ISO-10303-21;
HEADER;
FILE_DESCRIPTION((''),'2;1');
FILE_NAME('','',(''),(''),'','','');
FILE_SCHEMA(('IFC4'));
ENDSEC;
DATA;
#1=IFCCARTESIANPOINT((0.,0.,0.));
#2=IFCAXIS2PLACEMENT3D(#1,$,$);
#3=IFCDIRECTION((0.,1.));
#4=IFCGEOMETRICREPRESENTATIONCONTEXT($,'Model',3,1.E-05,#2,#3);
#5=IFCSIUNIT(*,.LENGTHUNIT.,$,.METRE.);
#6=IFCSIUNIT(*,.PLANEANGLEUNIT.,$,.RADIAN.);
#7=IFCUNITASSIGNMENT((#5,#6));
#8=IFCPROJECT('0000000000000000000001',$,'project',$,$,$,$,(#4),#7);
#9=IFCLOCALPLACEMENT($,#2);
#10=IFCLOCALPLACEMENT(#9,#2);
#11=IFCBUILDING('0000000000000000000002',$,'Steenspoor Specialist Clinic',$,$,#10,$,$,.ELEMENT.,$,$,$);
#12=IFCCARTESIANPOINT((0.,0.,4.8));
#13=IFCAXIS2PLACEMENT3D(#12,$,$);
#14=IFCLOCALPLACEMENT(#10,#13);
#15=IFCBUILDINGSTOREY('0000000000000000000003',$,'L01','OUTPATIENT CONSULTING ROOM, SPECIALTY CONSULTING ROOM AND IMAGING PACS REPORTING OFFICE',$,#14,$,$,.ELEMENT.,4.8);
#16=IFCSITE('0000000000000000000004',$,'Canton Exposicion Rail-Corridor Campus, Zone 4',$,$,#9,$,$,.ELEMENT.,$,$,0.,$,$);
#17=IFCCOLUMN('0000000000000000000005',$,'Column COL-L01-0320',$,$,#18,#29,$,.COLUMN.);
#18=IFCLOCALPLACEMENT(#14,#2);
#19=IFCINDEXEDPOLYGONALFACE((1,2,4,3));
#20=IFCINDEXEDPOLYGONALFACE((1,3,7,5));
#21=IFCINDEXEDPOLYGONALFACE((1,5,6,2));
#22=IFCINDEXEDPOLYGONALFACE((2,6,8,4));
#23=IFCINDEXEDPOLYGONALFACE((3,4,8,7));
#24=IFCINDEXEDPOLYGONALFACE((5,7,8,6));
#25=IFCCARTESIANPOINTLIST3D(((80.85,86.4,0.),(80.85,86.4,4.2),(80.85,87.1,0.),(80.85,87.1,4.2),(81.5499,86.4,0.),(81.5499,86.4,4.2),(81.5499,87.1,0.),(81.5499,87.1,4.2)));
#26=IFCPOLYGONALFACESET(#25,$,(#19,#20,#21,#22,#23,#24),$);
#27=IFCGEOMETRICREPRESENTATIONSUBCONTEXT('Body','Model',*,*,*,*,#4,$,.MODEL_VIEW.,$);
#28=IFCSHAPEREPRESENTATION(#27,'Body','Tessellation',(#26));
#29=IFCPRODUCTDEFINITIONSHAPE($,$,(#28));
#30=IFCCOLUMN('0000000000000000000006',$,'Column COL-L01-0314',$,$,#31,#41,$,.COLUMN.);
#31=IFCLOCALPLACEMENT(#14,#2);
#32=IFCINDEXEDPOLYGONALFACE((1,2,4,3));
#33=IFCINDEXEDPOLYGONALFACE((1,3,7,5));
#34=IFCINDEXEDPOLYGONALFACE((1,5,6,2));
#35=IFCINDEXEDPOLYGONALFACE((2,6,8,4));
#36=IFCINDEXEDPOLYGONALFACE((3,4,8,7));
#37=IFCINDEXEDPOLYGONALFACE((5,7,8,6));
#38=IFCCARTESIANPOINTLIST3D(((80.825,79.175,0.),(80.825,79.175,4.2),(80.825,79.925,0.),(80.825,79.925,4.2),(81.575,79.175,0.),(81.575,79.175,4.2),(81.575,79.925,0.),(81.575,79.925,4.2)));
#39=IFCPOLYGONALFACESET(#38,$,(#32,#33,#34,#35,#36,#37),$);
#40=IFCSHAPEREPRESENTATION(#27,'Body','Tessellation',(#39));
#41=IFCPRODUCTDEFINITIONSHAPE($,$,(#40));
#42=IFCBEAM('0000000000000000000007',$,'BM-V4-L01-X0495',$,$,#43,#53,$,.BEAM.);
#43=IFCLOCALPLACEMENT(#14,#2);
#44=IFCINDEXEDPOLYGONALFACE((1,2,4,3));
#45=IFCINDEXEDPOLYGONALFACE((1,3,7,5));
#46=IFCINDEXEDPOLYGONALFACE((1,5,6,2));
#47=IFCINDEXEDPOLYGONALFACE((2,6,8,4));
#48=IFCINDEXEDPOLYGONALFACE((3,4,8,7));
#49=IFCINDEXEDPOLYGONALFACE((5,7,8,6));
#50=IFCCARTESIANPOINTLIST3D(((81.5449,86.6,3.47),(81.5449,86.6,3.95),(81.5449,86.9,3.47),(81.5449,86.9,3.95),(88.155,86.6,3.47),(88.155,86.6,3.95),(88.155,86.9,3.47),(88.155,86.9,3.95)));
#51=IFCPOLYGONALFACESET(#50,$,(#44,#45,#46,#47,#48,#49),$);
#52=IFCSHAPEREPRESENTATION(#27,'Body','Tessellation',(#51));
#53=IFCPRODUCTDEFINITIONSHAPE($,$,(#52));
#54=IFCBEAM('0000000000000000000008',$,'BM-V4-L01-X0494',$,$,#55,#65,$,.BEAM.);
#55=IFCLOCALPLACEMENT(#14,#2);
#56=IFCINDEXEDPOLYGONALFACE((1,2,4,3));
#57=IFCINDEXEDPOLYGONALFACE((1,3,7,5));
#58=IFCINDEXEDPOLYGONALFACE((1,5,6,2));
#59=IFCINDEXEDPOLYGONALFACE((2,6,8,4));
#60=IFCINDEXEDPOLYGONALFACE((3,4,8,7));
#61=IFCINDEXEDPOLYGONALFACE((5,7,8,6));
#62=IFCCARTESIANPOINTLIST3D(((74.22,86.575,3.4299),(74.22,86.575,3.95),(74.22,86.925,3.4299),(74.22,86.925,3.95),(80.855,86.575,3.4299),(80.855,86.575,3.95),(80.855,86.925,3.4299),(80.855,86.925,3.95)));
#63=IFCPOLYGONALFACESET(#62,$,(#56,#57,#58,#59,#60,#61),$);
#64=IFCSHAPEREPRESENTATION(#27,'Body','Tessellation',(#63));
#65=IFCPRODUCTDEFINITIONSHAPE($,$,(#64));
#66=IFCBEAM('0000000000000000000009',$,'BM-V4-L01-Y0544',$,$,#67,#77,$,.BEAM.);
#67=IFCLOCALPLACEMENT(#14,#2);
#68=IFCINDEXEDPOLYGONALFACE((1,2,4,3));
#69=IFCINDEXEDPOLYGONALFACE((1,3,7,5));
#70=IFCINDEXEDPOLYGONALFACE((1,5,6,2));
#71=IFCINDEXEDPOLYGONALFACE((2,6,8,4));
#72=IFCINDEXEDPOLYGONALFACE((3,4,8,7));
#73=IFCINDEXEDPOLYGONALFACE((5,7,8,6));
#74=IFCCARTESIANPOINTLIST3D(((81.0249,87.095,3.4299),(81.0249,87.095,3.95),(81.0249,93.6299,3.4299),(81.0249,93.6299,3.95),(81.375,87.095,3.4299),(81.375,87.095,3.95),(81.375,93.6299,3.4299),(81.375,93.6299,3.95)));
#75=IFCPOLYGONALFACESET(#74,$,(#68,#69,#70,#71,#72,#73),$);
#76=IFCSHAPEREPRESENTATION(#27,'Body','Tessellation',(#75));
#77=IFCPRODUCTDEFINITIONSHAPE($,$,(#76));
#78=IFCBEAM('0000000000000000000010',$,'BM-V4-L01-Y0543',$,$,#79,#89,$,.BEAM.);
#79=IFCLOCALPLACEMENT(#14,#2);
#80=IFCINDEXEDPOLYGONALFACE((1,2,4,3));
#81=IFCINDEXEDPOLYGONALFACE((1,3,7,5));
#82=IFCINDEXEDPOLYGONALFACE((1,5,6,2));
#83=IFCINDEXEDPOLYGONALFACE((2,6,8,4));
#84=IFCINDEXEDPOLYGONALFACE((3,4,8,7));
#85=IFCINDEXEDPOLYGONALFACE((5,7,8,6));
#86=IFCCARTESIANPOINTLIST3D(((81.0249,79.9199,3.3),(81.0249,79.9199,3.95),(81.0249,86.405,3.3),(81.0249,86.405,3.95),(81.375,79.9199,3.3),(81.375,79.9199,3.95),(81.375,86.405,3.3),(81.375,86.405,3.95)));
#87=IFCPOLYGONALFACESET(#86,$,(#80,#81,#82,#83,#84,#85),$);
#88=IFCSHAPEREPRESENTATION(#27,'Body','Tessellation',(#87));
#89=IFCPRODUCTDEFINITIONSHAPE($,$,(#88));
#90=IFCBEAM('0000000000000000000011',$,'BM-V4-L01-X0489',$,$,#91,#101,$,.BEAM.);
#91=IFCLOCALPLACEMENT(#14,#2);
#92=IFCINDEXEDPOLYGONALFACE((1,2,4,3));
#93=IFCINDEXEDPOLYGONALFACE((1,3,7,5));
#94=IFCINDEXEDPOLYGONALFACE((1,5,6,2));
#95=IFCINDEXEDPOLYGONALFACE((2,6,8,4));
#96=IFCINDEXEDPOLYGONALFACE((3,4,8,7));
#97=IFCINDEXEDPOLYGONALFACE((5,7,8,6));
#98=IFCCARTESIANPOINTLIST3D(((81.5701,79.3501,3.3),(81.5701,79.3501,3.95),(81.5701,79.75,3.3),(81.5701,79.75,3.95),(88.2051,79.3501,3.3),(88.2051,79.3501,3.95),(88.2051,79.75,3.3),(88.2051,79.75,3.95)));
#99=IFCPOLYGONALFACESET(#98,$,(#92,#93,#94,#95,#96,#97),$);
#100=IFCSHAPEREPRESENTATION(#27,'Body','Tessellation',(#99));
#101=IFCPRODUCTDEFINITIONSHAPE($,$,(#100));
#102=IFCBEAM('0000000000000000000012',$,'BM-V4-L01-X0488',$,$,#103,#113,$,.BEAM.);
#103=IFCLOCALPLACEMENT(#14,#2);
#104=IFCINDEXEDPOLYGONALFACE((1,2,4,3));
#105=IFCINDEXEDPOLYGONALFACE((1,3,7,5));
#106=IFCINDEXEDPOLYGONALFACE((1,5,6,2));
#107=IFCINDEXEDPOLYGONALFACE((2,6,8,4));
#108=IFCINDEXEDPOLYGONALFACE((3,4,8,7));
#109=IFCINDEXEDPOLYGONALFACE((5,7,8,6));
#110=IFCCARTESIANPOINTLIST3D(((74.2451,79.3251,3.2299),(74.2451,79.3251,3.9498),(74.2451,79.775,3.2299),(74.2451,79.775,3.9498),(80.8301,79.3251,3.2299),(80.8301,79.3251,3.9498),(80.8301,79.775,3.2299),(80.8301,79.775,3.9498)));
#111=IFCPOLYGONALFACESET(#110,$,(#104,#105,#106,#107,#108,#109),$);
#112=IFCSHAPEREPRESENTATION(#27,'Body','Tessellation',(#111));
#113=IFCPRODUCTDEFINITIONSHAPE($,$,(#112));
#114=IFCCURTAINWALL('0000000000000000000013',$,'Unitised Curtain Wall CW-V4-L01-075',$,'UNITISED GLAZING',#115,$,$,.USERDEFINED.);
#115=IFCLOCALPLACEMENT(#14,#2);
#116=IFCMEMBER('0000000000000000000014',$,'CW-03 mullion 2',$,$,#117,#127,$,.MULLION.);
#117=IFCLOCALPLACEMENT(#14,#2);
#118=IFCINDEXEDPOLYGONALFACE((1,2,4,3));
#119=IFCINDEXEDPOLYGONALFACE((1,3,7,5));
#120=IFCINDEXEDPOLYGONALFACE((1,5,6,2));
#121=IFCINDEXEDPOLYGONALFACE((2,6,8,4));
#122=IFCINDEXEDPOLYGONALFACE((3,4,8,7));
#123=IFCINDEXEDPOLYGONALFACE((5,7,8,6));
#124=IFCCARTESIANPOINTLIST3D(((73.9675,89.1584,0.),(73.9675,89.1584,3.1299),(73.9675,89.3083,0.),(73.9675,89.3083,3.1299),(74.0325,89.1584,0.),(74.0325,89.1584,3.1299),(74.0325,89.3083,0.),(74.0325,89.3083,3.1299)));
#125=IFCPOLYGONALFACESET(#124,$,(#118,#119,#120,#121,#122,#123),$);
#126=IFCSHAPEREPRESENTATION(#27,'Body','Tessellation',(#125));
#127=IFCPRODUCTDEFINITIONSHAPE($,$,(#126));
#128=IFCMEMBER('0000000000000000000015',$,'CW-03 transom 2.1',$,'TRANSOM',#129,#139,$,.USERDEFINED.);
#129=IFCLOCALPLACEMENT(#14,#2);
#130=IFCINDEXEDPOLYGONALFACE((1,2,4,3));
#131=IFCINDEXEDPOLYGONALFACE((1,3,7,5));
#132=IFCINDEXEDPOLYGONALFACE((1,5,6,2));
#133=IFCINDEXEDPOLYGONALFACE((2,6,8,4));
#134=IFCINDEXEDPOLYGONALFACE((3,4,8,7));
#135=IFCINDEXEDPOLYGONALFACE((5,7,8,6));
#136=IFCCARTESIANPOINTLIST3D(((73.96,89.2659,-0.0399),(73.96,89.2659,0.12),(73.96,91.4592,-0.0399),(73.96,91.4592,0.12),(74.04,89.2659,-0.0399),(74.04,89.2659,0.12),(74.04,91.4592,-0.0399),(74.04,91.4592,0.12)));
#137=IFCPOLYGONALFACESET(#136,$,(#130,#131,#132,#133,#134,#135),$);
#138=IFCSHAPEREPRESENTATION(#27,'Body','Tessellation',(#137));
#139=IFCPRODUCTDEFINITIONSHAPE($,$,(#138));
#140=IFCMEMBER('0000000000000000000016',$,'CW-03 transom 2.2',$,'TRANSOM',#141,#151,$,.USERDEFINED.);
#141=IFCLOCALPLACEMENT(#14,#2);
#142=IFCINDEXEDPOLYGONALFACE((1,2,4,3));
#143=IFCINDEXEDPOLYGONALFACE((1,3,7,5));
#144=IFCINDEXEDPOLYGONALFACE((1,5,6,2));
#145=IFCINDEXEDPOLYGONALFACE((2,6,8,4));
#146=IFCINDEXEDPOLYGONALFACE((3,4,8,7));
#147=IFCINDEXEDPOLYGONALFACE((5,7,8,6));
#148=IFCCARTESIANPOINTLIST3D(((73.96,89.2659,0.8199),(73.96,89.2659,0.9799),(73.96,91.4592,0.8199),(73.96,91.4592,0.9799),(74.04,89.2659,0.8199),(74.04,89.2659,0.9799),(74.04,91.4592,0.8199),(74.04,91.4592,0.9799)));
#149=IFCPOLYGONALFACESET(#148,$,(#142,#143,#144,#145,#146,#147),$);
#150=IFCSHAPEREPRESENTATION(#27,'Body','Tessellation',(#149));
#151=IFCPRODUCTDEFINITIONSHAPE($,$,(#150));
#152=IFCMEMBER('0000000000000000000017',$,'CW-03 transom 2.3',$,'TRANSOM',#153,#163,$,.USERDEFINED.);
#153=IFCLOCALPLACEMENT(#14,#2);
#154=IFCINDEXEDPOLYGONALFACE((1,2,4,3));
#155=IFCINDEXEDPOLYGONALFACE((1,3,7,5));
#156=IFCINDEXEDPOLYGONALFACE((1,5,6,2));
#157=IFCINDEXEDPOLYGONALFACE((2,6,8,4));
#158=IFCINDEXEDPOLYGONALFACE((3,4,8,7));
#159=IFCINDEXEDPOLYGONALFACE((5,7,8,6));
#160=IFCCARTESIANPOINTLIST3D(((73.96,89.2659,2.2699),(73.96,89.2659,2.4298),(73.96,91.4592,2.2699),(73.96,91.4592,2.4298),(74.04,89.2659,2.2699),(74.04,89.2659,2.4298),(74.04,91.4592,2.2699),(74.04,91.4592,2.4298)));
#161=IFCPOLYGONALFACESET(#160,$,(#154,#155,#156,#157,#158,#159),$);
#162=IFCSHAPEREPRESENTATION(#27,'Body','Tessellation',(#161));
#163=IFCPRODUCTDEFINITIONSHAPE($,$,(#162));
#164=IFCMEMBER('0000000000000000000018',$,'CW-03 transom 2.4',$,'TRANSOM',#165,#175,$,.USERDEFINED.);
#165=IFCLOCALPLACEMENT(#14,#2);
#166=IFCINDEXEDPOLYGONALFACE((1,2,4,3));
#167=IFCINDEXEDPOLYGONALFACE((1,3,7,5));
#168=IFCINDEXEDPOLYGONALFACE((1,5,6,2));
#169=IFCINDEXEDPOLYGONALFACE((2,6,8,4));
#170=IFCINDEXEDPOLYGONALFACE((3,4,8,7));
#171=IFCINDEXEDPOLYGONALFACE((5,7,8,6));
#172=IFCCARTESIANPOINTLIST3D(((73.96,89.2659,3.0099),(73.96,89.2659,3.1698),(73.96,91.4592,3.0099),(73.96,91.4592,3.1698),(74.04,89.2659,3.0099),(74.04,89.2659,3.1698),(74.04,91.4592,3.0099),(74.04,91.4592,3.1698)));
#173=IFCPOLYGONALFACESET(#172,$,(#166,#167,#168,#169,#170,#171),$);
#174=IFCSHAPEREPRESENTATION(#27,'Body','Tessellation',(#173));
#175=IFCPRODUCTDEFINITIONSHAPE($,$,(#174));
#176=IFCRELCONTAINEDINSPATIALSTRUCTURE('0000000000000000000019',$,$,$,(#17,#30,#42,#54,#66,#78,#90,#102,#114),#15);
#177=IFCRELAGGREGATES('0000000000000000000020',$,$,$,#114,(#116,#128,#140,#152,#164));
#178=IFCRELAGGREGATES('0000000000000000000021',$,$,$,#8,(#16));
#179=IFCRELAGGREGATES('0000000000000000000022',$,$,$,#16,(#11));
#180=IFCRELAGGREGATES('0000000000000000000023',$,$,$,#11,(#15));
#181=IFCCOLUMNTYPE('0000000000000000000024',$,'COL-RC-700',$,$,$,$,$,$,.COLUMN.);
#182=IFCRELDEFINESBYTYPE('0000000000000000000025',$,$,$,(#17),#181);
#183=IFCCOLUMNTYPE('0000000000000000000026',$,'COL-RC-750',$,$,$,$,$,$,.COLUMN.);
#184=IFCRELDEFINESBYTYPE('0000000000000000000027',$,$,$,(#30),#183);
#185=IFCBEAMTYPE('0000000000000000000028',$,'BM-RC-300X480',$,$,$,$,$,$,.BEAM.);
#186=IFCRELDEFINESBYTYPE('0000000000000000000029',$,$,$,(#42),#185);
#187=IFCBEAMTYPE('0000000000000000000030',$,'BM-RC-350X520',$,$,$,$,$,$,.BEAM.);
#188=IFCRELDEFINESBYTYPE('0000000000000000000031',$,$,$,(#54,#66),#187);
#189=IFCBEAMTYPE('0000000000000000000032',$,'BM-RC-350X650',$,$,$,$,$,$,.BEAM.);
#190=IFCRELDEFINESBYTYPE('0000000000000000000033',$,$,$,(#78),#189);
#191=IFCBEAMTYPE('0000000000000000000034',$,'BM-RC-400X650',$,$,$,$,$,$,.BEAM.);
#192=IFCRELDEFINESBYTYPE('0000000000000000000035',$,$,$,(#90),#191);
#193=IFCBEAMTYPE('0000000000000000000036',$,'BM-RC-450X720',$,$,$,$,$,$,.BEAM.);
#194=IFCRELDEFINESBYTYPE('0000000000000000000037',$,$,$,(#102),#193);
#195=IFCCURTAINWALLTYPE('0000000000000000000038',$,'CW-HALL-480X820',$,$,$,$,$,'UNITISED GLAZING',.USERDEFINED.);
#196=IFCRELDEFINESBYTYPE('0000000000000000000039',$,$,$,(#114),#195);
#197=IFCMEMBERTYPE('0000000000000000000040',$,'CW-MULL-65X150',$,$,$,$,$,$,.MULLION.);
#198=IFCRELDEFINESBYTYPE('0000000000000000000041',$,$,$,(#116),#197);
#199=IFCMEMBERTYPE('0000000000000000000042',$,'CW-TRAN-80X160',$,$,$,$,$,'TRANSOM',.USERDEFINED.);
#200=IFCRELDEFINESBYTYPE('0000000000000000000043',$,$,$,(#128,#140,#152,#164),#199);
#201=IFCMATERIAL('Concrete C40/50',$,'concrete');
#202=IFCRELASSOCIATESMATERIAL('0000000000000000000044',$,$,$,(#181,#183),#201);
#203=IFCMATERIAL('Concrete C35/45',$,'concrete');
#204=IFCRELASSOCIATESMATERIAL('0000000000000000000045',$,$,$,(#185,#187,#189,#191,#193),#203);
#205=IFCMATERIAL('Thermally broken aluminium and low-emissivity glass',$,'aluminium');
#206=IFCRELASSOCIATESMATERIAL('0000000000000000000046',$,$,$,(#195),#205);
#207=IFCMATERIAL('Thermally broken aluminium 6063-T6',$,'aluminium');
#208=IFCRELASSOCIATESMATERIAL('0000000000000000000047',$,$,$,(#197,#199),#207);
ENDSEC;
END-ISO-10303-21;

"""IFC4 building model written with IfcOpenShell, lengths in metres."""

from ifc_helpers import new_model, si_unit, direction, frame, origin, origin_2d, place, context, subcontext, project, spatial, rectangle, extrude, material, material_profile, profile_set, type_object, element, aggregate, save


model = new_model("IFC4")

# Units and contexts
model_context = context("Model", 3, precision=1e-05, world=origin(), true_north=direction((0.0, 1.0)))
body_context = subcontext(model_context, "Body", "Model", "MODEL_VIEW")
ifc_project = project(units=[si_unit("LENGTHUNIT", "METRE"), si_unit("PLANEANGLEUNIT", "RADIAN")], contexts=[model_context])

# Site, building, storey
site_placement = place(None, origin())
site = spatial("IfcSite", under=ifc_project, at=site_placement, Name="Canton Exposicion Rail-Corridor Campus, Zone 4", CompositionType="ELEMENT", RefElevation=0.0)
building_placement = place(site_placement, origin())
building = spatial("IfcBuilding", under=site, at=building_placement, Name="Steenspoor Specialist Clinic", CompositionType="ELEMENT")
storey_placement = place(building_placement, frame((0.0, 0.0, 4.8)))
storey = spatial("IfcBuildingStorey", under=building, at=storey_placement, Name="L01", Description="OUTPATIENT CONSULTING ROOM, SPECIALTY CONSULTING ROOM AND IMAGING PACS REPORTING OFFICE", CompositionType="ELEMENT", Elevation=4.8)

# Columns
ifc_material_1 = material(Name="Concrete C40/50", Category="concrete")
ifc_material_profile_1 = material_profile(ifc_material_1, rectangle(XDim=0.7, YDim=0.7, at=origin_2d()), Name="RC-COL-700X700")
ifc_profile_set_1 = profile_set([ifc_material_profile_1], Name="Concrete C40/50")
column_type_1 = type_object("IfcColumnType", Name="COL-RC-700", PredefinedType="COLUMN", material=ifc_profile_set_1)
column_1_placement = place(storey_placement, frame((81.2, 86.75, 0.0), z_axis=(0.0, 0.0, 1.0), x_axis=(1.0, 0.0, 0.0)))
element("IfcColumn", 1, at=column_1_placement, inside=storey, type_object=column_type_1, Name="Column COL-L01-0320", PredefinedType="COLUMN", context=body_context, shape_type="SweptSolid", body=[
    extrude(rectangle(XDim=0.7, YDim=0.7, at=origin_2d()), origin(), (0.0, 0.0, 1.0), 4.2),
])
ifc_material_profile_2 = material_profile(ifc_material_1, rectangle(XDim=0.75, YDim=0.75, at=origin_2d()), Name="RC-COL-750X750")
ifc_profile_set_2 = profile_set([ifc_material_profile_2], Name="Concrete C40/50")
column_type_2 = type_object("IfcColumnType", Name="COL-RC-750", PredefinedType="COLUMN", material=ifc_profile_set_2)
column_2_placement = place(storey_placement, frame((81.2, 79.55, 0.0), z_axis=(0.0, 0.0, 1.0), x_axis=(1.0, 0.0, 0.0)))
element("IfcColumn", 2, at=column_2_placement, inside=storey, type_object=column_type_2, Name="Column COL-L01-0314", PredefinedType="COLUMN", context=body_context, shape_type="SweptSolid", body=[
    extrude(rectangle(XDim=0.75, YDim=0.75, at=origin_2d()), origin(), (0.0, 0.0, 1.0), 4.2),
])

# Beams
ifc_material_2 = material(Name="Concrete C35/45", Category="concrete")
ifc_material_profile_3 = material_profile(ifc_material_2, rectangle(XDim=0.3, YDim=0.48, at=origin_2d()), Name="RC-BM-300X480")
ifc_profile_set_3 = profile_set([ifc_material_profile_3], Name="Concrete C35/45")
beam_type_1 = type_object("IfcBeamType", Name="BM-RC-300X480", PredefinedType="BEAM", material=ifc_profile_set_3)
beam_1_placement = place(storey_placement, frame((81.5449, 86.75, 3.71), z_axis=(1.0, 0.0, 0.0), x_axis=(0.0, 1.0, 0.0)))
element("IfcBeam", 3, at=beam_1_placement, inside=storey, type_object=beam_type_1, Name="BM-V4-L01-X0495", PredefinedType="BEAM", context=body_context, shape_type="SweptSolid", body=[
    extrude(rectangle(XDim=0.3, YDim=0.48, at=origin_2d()), origin(), (0.0, 0.0, 1.0), 6.6101),
])
ifc_material_profile_4 = material_profile(ifc_material_2, rectangle(XDim=0.3501, YDim=0.52, at=origin_2d()), Name="RC-BM-350X520")
ifc_profile_set_4 = profile_set([ifc_material_profile_4], Name="Concrete C35/45")
beam_type_2 = type_object("IfcBeamType", Name="BM-RC-350X520", PredefinedType="BEAM", material=ifc_profile_set_4)
beam_2_placement = place(storey_placement, frame((74.22, 86.75, 3.6899), z_axis=(1.0, 0.0, 0.0), x_axis=(0.0, 1.0, 0.0)))
element("IfcBeam", 4, at=beam_2_placement, inside=storey, type_object=beam_type_2, Name="BM-V4-L01-X0494", PredefinedType="BEAM", context=body_context, shape_type="SweptSolid", body=[
    extrude(rectangle(XDim=0.3501, YDim=0.52, at=origin_2d()), origin(), (0.0, 0.0, 1.0), 6.635),
])
beam_3_placement = place(storey_placement, frame((81.2, 87.095, 3.6899), z_axis=(0.0, 1.0, 0.0), x_axis=(-1.0, 0.0, 0.0)))
element("IfcBeam", 5, at=beam_3_placement, inside=storey, type_object=beam_type_2, Name="BM-V4-L01-Y0544", PredefinedType="BEAM", context=body_context, shape_type="SweptSolid", body=[
    extrude(rectangle(XDim=0.3501, YDim=0.52, at=origin_2d()), origin(), (0.0, 0.0, 1.0), 6.5349),
])
ifc_material_profile_5 = material_profile(ifc_material_2, rectangle(XDim=0.3501, YDim=0.6499, at=origin_2d()), Name="RC-BM-350X650")
ifc_profile_set_5 = profile_set([ifc_material_profile_5], Name="Concrete C35/45")
beam_type_3 = type_object("IfcBeamType", Name="BM-RC-350X650", PredefinedType="BEAM", material=ifc_profile_set_5)
beam_4_placement = place(storey_placement, frame((81.2, 79.9199, 3.625), z_axis=(0.0, 1.0, 0.0), x_axis=(-1.0, 0.0, 0.0)))
element("IfcBeam", 6, at=beam_4_placement, inside=storey, type_object=beam_type_3, Name="BM-V4-L01-Y0543", PredefinedType="BEAM", context=body_context, shape_type="SweptSolid", body=[
    extrude(rectangle(XDim=0.3501, YDim=0.6499, at=origin_2d()), origin(), (0.0, 0.0, 1.0), 6.4851),
])
ifc_material_profile_6 = material_profile(ifc_material_2, rectangle(XDim=0.3999, YDim=0.6499, at=origin_2d()), Name="RC-BM-400X650")
ifc_profile_set_6 = profile_set([ifc_material_profile_6], Name="Concrete C35/45")
beam_type_4 = type_object("IfcBeamType", Name="BM-RC-400X650", PredefinedType="BEAM", material=ifc_profile_set_6)
beam_5_placement = place(storey_placement, frame((81.5701, 79.55, 3.625), z_axis=(1.0, 0.0, 0.0), x_axis=(0.0, 1.0, 0.0)))
element("IfcBeam", 7, at=beam_5_placement, inside=storey, type_object=beam_type_4, Name="BM-V4-L01-X0489", PredefinedType="BEAM", context=body_context, shape_type="SweptSolid", body=[
    extrude(rectangle(XDim=0.3999, YDim=0.6499, at=origin_2d()), origin(), (0.0, 0.0, 1.0), 6.635),
])
ifc_material_profile_7 = material_profile(ifc_material_2, rectangle(XDim=0.45, YDim=0.72, at=origin_2d()), Name="RC-BM-450X720")
ifc_profile_set_7 = profile_set([ifc_material_profile_7], Name="Concrete C35/45")
beam_type_5 = type_object("IfcBeamType", Name="BM-RC-450X720", PredefinedType="BEAM", material=ifc_profile_set_7)
beam_6_placement = place(storey_placement, frame((74.2451, 79.55, 3.5898), z_axis=(1.0, 0.0, 0.0), x_axis=(0.0, 1.0, 0.0)))
element("IfcBeam", 8, at=beam_6_placement, inside=storey, type_object=beam_type_5, Name="BM-V4-L01-X0488", PredefinedType="BEAM", context=body_context, shape_type="SweptSolid", body=[
    extrude(rectangle(XDim=0.45, YDim=0.72, at=origin_2d()), origin(), (0.0, 0.0, 1.0), 6.585),
])

# Curtain wall, members
ifc_material_3 = material(Name="Thermally broken aluminium and low-emissivity glass", Category="aluminium")
curtain_wall_type = type_object("IfcCurtainWallType", Name="CW-HALL-480X820", ElementType="UNITISED GLAZING", PredefinedType="USERDEFINED", material=ifc_material_3)
curtain_wall_placement = place(storey_placement, origin())
curtain_wall = element("IfcCurtainWall", 9, at=curtain_wall_placement, inside=storey, type_object=curtain_wall_type, Name="Unitised Curtain Wall CW-V4-L01-075", ObjectType="UNITISED GLAZING", PredefinedType="USERDEFINED")
ifc_material_4 = material(Name="Thermally broken aluminium 6063-T6", Category="aluminium")
ifc_material_profile_8 = material_profile(ifc_material_4, rectangle(XDim=0.0649, YDim=0.1499, at=origin_2d()), Name="CWM-65X150")
ifc_profile_set_8 = profile_set([ifc_material_profile_8], Name="Thermally broken aluminium 6063-T6")
member_type_1 = type_object("IfcMemberType", Name="CW-MULL-65X150", PredefinedType="MULLION", material=ifc_profile_set_8)
member_1_placement = place(storey_placement, frame((74.0, 89.2334, 0.0), z_axis=(0.0, 0.0, 1.0), x_axis=(-1.0, 0.0, 0.0)))
member_1 = element("IfcMember", 10, at=member_1_placement, type_object=member_type_1, Name="CW-03 mullion 2", PredefinedType="MULLION", context=body_context, shape_type="SweptSolid", body=[
    extrude(rectangle(XDim=0.0649, YDim=0.1499, at=origin_2d()), origin(), (0.0, 0.0, 1.0), 3.1299),
])
ifc_material_profile_9 = material_profile(ifc_material_4, rectangle(XDim=0.0801, YDim=0.1599, at=origin_2d()), Name="CWT-80X160")
ifc_profile_set_9 = profile_set([ifc_material_profile_9], Name="Thermally broken aluminium 6063-T6")
member_type_2 = type_object("IfcMemberType", Name="CW-TRAN-80X160", ElementType="TRANSOM", PredefinedType="USERDEFINED", material=ifc_profile_set_9)
member_2_placement = place(storey_placement, frame((74.0, 89.2659, 0.04), z_axis=(0.0, 1.0, 0.0), x_axis=(-1.0, 0.0, 0.0)))
member_2 = element("IfcMember", 11, at=member_2_placement, type_object=member_type_2, Name="CW-03 transom 2.1", ObjectType="TRANSOM", PredefinedType="USERDEFINED", context=body_context, shape_type="SweptSolid", body=[
    extrude(rectangle(XDim=0.0801, YDim=0.1599, at=origin_2d()), origin(), (0.0, 0.0, 1.0), 2.1934),
])
member_3_placement = place(storey_placement, frame((74.0, 89.2659, 0.8999), z_axis=(0.0, 1.0, 0.0), x_axis=(-1.0, 0.0, 0.0)))
member_3 = element("IfcMember", 12, at=member_3_placement, type_object=member_type_2, Name="CW-03 transom 2.2", ObjectType="TRANSOM", PredefinedType="USERDEFINED", context=body_context, shape_type="SweptSolid", body=[
    extrude(rectangle(XDim=0.0801, YDim=0.1599, at=origin_2d()), origin(), (0.0, 0.0, 1.0), 2.1934),
])
member_4_placement = place(storey_placement, frame((74.0, 89.2659, 2.3499), z_axis=(0.0, 1.0, 0.0), x_axis=(-1.0, 0.0, 0.0)))
member_4 = element("IfcMember", 13, at=member_4_placement, type_object=member_type_2, Name="CW-03 transom 2.3", ObjectType="TRANSOM", PredefinedType="USERDEFINED", context=body_context, shape_type="SweptSolid", body=[
    extrude(rectangle(XDim=0.0801, YDim=0.1599, at=origin_2d()), origin(), (0.0, 0.0, 1.0), 2.1934),
])
member_5_placement = place(storey_placement, frame((74.0, 89.2659, 3.0898), z_axis=(0.0, 1.0, 0.0), x_axis=(-1.0, 0.0, 0.0)))
member_5 = element("IfcMember", 14, at=member_5_placement, type_object=member_type_2, Name="CW-03 transom 2.4", ObjectType="TRANSOM", PredefinedType="USERDEFINED", context=body_context, shape_type="SweptSolid", body=[
    extrude(rectangle(XDim=0.0801, YDim=0.1599, at=origin_2d()), origin(), (0.0, 0.0, 1.0), 2.1934),
])

aggregate(curtain_wall, [member_1, member_2, member_3, member_4, member_5])

save(model, "model.ifc")
